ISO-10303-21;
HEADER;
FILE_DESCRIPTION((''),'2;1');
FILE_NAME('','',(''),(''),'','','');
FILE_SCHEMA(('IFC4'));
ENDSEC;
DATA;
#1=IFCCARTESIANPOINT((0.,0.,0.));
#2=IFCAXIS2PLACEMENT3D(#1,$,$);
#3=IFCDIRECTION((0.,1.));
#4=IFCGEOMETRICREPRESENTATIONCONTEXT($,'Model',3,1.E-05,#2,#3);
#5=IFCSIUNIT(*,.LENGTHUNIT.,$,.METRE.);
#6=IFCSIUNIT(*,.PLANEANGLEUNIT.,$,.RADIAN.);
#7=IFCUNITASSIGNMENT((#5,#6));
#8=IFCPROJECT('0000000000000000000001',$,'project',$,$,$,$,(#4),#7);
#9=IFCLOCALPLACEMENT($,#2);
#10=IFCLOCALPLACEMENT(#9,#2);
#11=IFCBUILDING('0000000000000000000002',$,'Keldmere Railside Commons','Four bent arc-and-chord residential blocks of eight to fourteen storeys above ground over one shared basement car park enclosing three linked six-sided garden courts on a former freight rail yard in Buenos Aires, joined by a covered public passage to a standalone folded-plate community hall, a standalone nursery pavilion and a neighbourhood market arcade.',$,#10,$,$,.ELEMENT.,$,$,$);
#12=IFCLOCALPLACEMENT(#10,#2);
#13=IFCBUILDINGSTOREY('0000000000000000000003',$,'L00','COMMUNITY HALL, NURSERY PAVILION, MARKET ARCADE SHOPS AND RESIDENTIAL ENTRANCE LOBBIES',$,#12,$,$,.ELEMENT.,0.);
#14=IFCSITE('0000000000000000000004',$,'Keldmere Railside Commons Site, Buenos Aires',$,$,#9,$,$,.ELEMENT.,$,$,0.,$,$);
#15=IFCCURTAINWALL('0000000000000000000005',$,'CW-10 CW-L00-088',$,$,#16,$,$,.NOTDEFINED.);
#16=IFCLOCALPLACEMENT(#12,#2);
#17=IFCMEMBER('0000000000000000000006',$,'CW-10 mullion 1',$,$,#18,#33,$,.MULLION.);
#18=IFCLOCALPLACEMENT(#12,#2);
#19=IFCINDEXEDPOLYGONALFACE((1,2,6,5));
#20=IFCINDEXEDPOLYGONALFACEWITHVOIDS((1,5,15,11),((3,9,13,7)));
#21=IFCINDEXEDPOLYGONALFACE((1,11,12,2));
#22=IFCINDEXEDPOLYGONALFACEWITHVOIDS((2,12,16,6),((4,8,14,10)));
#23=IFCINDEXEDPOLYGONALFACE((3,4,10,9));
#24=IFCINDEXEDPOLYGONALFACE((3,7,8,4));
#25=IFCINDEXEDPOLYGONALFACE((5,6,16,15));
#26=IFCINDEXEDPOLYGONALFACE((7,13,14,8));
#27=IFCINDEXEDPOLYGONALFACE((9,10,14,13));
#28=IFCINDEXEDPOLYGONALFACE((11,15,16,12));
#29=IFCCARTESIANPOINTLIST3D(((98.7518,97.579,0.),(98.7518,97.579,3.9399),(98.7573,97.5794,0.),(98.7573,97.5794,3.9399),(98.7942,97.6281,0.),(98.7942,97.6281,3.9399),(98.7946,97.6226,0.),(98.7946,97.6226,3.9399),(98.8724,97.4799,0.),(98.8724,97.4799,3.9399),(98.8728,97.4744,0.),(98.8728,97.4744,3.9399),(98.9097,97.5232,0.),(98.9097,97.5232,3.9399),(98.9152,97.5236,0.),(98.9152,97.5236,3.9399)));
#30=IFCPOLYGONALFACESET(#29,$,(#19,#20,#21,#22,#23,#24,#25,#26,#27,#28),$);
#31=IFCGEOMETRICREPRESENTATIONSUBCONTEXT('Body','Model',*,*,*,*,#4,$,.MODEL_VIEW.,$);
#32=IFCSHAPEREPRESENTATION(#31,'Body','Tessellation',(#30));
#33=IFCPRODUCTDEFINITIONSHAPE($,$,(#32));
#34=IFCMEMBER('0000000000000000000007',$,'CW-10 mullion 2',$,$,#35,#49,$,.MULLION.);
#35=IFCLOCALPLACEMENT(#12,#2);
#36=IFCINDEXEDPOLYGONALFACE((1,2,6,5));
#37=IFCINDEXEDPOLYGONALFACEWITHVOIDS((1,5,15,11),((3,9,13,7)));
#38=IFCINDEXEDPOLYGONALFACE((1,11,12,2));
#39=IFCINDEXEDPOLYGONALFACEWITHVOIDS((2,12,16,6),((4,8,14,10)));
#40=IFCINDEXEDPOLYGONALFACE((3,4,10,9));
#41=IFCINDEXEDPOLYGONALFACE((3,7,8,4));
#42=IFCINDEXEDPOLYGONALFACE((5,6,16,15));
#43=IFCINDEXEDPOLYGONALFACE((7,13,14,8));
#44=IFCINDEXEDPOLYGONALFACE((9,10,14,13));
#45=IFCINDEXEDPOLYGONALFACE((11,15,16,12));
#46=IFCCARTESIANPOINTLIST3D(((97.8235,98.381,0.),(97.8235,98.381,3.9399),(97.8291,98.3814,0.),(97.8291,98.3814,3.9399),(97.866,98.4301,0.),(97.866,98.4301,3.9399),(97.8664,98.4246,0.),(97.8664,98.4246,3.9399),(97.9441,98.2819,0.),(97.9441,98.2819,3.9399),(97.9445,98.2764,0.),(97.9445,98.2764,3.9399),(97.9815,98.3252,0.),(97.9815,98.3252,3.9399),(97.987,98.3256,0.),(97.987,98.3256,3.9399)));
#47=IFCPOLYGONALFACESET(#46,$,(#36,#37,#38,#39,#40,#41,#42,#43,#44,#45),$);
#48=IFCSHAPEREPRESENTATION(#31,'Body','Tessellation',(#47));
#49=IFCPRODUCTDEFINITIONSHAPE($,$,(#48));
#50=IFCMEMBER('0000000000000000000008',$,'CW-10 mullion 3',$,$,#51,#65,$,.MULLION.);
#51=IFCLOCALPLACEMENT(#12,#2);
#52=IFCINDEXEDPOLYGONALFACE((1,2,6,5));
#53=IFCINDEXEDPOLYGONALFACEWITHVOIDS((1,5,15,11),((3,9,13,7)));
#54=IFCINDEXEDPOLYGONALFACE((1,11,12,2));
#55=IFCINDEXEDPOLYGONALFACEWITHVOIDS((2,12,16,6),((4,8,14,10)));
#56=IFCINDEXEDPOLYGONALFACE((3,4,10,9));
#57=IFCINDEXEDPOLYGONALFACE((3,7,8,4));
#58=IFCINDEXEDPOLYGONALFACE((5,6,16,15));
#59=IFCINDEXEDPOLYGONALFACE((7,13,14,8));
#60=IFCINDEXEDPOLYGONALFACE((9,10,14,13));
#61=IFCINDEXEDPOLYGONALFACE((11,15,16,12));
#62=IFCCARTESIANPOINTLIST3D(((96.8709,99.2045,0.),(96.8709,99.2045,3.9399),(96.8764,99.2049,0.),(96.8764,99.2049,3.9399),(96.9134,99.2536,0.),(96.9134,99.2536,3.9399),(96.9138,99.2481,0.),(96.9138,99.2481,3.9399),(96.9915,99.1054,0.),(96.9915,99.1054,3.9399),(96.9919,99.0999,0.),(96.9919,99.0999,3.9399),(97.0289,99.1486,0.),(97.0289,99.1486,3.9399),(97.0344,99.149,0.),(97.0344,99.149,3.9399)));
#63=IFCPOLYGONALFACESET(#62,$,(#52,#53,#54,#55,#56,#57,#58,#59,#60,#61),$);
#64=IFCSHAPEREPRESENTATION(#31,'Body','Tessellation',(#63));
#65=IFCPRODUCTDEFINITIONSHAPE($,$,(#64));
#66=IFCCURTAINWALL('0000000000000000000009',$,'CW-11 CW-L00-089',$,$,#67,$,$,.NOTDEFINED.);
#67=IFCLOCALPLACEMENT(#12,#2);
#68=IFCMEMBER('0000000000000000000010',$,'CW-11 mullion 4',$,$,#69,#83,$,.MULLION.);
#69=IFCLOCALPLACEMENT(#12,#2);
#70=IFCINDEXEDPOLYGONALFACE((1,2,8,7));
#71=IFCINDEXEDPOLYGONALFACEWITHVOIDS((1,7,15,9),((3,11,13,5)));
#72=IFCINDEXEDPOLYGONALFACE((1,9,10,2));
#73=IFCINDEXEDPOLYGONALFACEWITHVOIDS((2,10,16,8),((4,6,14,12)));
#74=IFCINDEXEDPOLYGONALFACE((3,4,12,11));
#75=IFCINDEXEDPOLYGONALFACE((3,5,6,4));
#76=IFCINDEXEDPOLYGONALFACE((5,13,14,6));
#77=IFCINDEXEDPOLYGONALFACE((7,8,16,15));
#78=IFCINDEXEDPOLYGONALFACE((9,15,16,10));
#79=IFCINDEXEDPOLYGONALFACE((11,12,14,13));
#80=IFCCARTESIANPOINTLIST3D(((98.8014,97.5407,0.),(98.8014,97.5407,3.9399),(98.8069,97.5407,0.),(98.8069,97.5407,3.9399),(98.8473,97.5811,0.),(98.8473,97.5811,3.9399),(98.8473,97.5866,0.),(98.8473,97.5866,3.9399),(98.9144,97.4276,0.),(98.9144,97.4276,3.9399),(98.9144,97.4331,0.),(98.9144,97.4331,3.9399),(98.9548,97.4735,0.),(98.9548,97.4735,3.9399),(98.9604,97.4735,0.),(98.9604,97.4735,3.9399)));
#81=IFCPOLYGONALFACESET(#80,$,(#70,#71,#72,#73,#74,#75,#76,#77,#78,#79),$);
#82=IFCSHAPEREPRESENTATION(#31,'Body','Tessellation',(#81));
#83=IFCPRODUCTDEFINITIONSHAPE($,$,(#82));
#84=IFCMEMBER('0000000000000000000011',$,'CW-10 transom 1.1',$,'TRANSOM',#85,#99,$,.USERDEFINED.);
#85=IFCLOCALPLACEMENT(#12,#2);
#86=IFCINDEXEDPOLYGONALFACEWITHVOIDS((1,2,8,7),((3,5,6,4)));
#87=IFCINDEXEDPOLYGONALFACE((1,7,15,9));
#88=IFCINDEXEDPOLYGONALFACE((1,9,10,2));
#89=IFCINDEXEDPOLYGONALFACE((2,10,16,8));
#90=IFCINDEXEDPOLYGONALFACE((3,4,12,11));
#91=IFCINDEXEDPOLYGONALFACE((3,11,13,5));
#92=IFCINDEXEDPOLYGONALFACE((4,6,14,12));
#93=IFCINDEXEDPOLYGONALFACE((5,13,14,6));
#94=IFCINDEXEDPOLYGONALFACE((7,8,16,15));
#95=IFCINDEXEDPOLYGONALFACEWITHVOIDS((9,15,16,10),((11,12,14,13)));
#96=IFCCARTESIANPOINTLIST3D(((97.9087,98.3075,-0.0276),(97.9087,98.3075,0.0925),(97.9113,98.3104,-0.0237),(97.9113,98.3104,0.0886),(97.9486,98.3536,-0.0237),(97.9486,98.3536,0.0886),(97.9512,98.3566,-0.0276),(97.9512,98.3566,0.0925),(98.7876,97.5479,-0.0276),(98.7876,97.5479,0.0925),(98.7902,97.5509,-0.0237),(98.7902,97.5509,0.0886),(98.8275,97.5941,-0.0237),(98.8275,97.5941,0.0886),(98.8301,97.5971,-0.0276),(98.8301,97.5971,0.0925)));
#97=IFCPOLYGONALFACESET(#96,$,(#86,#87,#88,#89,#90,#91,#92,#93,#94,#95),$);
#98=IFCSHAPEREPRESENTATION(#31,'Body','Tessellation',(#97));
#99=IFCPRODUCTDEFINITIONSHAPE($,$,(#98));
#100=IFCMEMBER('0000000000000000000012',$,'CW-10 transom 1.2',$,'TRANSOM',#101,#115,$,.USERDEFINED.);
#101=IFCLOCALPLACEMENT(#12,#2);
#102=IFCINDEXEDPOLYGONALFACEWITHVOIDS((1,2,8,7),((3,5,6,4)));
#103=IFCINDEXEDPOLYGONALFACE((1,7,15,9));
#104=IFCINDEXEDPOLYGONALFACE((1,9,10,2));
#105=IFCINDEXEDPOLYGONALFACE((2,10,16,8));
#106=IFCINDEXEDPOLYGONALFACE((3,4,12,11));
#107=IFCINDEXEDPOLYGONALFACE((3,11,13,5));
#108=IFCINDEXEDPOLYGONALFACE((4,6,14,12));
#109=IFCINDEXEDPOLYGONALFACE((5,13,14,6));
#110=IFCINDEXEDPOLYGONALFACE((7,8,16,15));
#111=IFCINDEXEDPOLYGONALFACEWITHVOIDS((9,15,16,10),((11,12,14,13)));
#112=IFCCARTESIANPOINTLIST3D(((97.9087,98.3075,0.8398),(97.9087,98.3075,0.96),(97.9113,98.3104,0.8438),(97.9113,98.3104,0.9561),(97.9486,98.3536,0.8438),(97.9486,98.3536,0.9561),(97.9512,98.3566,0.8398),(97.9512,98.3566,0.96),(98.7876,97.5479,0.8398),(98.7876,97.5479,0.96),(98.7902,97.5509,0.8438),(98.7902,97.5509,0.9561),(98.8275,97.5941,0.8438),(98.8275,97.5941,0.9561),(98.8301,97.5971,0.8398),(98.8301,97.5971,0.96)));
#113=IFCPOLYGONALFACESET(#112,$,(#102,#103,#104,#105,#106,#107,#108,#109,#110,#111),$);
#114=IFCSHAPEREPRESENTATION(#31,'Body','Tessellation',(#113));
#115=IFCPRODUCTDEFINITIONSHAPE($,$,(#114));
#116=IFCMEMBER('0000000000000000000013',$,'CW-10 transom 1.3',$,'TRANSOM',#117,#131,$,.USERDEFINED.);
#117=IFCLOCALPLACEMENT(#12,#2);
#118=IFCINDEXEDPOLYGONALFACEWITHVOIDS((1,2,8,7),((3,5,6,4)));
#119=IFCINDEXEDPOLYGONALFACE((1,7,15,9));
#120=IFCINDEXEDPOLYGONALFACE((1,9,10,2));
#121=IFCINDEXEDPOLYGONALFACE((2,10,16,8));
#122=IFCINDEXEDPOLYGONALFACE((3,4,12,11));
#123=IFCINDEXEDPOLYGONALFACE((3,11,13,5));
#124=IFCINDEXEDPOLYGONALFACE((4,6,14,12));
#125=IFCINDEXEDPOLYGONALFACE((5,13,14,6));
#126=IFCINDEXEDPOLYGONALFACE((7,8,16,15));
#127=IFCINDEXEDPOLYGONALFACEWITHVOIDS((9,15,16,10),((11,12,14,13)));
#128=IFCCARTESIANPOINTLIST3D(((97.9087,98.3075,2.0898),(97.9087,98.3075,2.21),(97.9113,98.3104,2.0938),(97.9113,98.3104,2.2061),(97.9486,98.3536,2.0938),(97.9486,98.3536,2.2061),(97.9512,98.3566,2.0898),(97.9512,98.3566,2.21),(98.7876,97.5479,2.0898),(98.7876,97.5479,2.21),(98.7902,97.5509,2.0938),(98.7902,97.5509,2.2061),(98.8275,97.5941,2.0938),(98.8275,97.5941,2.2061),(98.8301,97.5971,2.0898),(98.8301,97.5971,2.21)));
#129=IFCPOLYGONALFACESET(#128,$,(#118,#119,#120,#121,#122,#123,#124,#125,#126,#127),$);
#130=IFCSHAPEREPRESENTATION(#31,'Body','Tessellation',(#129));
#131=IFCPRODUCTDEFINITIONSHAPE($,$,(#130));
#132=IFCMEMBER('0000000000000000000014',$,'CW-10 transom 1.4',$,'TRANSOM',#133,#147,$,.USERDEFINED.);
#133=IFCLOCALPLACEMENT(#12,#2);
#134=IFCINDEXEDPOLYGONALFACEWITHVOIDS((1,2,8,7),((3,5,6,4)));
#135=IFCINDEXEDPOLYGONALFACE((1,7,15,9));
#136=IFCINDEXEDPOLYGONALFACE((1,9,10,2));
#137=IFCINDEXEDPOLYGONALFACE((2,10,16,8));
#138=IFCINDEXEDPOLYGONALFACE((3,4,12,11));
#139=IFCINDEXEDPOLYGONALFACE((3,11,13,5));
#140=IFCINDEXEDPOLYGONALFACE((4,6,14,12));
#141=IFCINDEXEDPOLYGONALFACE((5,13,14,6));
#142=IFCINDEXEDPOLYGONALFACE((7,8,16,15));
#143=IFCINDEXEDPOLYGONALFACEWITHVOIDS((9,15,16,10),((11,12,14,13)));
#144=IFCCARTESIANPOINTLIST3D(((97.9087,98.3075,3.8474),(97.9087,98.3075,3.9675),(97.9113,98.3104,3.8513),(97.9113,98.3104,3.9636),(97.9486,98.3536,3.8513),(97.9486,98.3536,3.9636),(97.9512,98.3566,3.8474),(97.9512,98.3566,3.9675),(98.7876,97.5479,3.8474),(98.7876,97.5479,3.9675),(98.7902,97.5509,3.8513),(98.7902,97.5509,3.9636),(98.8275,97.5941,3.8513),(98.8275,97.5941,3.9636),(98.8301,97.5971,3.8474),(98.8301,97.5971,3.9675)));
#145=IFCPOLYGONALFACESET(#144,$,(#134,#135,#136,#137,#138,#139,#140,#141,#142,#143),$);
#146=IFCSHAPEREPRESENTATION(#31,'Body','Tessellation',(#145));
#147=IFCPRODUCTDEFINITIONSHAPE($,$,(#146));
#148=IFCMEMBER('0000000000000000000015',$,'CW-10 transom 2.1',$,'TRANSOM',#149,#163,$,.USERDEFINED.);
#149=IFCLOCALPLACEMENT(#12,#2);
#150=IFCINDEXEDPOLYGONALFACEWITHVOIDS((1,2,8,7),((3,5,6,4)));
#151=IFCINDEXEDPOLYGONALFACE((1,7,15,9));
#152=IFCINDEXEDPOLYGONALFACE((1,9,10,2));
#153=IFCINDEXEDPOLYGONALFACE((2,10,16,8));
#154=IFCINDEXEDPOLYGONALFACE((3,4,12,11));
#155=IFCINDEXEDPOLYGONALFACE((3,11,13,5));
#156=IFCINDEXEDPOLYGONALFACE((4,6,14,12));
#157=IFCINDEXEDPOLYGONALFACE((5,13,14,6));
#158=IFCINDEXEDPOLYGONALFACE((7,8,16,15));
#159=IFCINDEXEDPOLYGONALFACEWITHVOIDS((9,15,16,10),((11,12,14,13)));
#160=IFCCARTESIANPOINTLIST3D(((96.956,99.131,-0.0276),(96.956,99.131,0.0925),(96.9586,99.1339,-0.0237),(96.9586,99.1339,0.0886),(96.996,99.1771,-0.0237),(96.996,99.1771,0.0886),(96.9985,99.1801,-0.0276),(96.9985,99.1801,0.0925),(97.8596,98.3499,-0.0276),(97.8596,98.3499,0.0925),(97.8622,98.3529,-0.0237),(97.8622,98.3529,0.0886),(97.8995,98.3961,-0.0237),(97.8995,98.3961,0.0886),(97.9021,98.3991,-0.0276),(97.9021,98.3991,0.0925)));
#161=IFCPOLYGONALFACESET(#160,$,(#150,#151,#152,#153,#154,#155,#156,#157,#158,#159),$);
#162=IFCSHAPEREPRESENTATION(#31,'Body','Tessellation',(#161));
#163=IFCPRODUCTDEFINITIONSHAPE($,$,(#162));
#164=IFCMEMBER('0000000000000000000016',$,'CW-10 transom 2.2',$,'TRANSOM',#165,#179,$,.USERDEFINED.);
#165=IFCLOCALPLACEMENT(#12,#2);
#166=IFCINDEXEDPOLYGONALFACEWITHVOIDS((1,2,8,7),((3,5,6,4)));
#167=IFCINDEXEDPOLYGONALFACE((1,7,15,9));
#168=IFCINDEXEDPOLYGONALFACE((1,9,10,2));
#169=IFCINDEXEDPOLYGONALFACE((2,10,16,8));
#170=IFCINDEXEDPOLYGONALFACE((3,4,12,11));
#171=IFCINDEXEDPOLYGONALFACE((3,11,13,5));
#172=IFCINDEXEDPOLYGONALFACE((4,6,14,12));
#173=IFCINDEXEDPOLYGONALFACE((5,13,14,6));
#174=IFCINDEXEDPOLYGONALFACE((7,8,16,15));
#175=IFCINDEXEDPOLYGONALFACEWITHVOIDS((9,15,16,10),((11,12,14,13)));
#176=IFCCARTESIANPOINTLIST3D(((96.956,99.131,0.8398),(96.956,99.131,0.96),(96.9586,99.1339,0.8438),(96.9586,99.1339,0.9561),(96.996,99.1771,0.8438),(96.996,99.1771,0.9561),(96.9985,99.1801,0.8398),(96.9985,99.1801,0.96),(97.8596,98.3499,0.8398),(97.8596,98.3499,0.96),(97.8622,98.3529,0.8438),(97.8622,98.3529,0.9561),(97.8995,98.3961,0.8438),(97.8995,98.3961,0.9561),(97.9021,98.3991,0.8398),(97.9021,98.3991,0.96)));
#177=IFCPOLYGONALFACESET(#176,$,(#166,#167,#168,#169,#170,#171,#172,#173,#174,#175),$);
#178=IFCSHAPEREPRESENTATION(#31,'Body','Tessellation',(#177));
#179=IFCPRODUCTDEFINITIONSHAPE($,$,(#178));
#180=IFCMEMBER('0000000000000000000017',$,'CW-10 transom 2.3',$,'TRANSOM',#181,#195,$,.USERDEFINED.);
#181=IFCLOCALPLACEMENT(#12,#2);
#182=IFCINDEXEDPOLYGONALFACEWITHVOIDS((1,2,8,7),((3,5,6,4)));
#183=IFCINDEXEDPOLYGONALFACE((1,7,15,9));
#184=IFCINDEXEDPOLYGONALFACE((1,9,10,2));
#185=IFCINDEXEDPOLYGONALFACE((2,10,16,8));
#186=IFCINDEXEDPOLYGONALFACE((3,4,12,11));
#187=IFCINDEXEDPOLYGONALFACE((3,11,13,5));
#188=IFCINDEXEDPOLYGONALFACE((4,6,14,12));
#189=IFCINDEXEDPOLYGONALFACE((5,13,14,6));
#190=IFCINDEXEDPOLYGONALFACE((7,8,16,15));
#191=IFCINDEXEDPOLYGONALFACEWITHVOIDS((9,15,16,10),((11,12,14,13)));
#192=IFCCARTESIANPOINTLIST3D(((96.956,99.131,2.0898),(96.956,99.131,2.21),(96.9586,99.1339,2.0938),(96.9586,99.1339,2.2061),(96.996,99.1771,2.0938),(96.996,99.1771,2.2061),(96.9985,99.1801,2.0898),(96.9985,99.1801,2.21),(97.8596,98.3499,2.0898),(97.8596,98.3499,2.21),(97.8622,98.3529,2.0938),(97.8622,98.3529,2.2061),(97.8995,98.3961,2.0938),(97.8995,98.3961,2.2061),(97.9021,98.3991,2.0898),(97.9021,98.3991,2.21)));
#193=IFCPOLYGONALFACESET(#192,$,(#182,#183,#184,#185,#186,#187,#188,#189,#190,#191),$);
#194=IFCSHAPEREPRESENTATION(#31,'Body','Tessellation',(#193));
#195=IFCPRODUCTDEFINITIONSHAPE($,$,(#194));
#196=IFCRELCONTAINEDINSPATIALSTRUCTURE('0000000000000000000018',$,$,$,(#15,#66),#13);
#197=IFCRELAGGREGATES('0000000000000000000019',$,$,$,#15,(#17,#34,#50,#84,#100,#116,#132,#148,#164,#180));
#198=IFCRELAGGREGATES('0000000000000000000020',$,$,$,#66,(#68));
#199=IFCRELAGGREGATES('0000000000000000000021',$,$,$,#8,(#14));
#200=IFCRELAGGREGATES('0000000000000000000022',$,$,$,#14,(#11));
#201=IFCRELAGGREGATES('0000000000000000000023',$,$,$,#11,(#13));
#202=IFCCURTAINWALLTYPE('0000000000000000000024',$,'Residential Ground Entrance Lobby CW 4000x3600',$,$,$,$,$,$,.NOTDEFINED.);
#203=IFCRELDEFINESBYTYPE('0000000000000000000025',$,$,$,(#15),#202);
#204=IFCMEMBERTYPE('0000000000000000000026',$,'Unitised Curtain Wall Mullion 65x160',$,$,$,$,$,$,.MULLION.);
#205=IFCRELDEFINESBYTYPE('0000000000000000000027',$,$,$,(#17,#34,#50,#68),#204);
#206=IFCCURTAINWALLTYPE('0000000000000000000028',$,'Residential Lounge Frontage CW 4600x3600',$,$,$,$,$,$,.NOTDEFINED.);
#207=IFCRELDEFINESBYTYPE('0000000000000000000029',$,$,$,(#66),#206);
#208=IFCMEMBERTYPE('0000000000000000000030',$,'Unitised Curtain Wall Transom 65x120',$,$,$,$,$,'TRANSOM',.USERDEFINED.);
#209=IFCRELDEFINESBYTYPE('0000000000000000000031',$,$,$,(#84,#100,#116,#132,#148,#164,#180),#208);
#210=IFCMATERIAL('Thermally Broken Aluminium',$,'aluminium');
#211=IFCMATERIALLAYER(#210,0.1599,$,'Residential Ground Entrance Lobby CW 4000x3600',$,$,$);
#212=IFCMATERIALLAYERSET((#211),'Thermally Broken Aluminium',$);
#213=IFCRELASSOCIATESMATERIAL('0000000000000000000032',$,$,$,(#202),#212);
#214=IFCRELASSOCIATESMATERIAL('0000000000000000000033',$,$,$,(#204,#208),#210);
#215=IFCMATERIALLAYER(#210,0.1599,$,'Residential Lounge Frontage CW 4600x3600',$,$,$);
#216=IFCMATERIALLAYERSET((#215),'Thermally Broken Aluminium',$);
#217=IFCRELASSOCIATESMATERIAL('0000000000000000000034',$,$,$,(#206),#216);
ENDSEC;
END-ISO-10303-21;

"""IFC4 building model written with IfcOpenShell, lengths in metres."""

from ifc_helpers import new_model, si_unit, direction, frame, origin, origin_2d, place, context, subcontext, project, spatial, hollow_rectangle, extrude, material, layer, layer_set, material_profile, profile_set, type_object, element, aggregate, save


model = new_model("IFC4")

# Units and contexts
model_context = context("Model", 3, precision=1e-05, world=origin(), true_north=direction((0.0, 1.0)))
body_context = subcontext(model_context, "Body", "Model", "MODEL_VIEW")
ifc_project = project(units=[si_unit("LENGTHUNIT", "METRE"), si_unit("PLANEANGLEUNIT", "RADIAN")], contexts=[model_context])

# Site, building, storey
site_placement = place(None, origin())
site = spatial("IfcSite", under=ifc_project, at=site_placement, Name="Keldmere Railside Commons Site, Buenos Aires", CompositionType="ELEMENT", RefElevation=0.0)
building_placement = place(site_placement, origin())
building = spatial("IfcBuilding", under=site, at=building_placement, Name="Keldmere Railside Commons", Description="Four bent arc-and-chord residential blocks of eight to fourteen storeys above ground over one shared basement car park enclosing three linked six-sided garden courts on a former freight rail yard in Buenos Aires, joined by a covered public passage to a standalone folded-plate community hall, a standalone nursery pavilion and a neighbourhood market arcade.", CompositionType="ELEMENT")
storey_placement = place(building_placement, origin())
storey = spatial("IfcBuildingStorey", under=building, at=storey_placement, Name="L00", Description="COMMUNITY HALL, NURSERY PAVILION, MARKET ARCADE SHOPS AND RESIDENTIAL ENTRANCE LOBBIES", CompositionType="ELEMENT", Elevation=0.0)

# Curtain wall, members
ifc_material_1 = material(Name="Thermally Broken Aluminium", Category="aluminium")
ifc_layer_1 = layer(ifc_material_1, 0.1599, Name="Residential Ground Entrance Lobby CW 4000x3600")
ifc_layer_set_1 = layer_set([ifc_layer_1], Name="Thermally Broken Aluminium")
curtain_wall_type_1 = type_object("IfcCurtainWallType", Name="Residential Ground Entrance Lobby CW 4000x3600", PredefinedType="NOTDEFINED", material=ifc_layer_set_1)
curtain_wall_1_placement = place(storey_placement, origin())
curtain_wall_1 = element("IfcCurtainWall", 1, at=curtain_wall_1_placement, inside=storey, type_object=curtain_wall_type_1, Name="CW-10 CW-L00-088", PredefinedType="NOTDEFINED")
ifc_material_profile_1 = material_profile(ifc_material_1, hollow_rectangle(XDim=0.0649, YDim=0.1599, WallThickness=0.0039, at=origin_2d()), Name="ALU-MULL-65x160")
ifc_profile_set_1 = profile_set([ifc_material_profile_1], Name="Thermally Broken Aluminium")
member_type_1 = type_object("IfcMemberType", Name="Unitised Curtain Wall Mullion 65x160", PredefinedType="MULLION", material=ifc_profile_set_1)
member_1_placement = place(storey_placement, frame((98.8335, 97.5513, 0.0), z_axis=(0.0, 0.0, 1.0), x_axis=(-0.653882, -0.756597, 0.0)))
member_1 = element("IfcMember", 2, at=member_1_placement, type_object=member_type_1, Name="CW-10 mullion 1", PredefinedType="MULLION", context=body_context, shape_type="SweptSolid", body=[
    extrude(hollow_rectangle(XDim=0.0649, YDim=0.1599, WallThickness=0.0039, at=origin_2d()), origin(), (0.0, 0.0, 1.0), 3.9399),
])
member_2_placement = place(storey_placement, frame((97.9053, 98.3533, 0.0), z_axis=(0.0, 0.0, 1.0), x_axis=(-0.653882, -0.756597, 0.0)))
member_2 = element("IfcMember", 3, at=member_2_placement, type_object=member_type_1, Name="CW-10 mullion 2", PredefinedType="MULLION", context=body_context, shape_type="SweptSolid", body=[
    extrude(hollow_rectangle(XDim=0.0649, YDim=0.1599, WallThickness=0.0039, at=origin_2d()), origin(), (0.0, 0.0, 1.0), 3.9399),
])
member_3_placement = place(storey_placement, frame((96.9526, 99.1768, 0.0), z_axis=(0.0, 0.0, 1.0), x_axis=(-0.653882, -0.756597, 0.0)))
member_3 = element("IfcMember", 4, at=member_3_placement, type_object=member_type_1, Name="CW-10 mullion 3", PredefinedType="MULLION", context=body_context, shape_type="SweptSolid", body=[
    extrude(hollow_rectangle(XDim=0.0649, YDim=0.1599, WallThickness=0.0039, at=origin_2d()), origin(), (0.0, 0.0, 1.0), 3.9399),
])

# Curtain wall, member
ifc_layer_2 = layer(ifc_material_1, 0.1599, Name="Residential Lounge Frontage CW 4600x3600")
ifc_layer_set_2 = layer_set([ifc_layer_2], Name="Thermally Broken Aluminium")
curtain_wall_type_2 = type_object("IfcCurtainWallType", Name="Residential Lounge Frontage CW 4600x3600", PredefinedType="NOTDEFINED", material=ifc_layer_set_2)
curtain_wall_2_placement = place(storey_placement, origin())
curtain_wall_2 = element("IfcCurtainWall", 5, at=curtain_wall_2_placement, inside=storey, type_object=curtain_wall_type_2, Name="CW-11 CW-L00-089", PredefinedType="NOTDEFINED")
member_4_placement = place(storey_placement, frame((98.8809, 97.5071, 0.0), z_axis=(0.0, 0.0, 1.0), x_axis=(-0.707107, -0.707107, 0.0)))
member_4 = element("IfcMember", 6, at=member_4_placement, type_object=member_type_1, Name="CW-11 mullion 4", PredefinedType="MULLION", context=body_context, shape_type="SweptSolid", body=[
    extrude(hollow_rectangle(XDim=0.0649, YDim=0.1599, WallThickness=0.0039, at=origin_2d()), origin(), (0.0, 0.0, 1.0), 3.9399),
])

# Members
ifc_material_profile_2 = material_profile(ifc_material_1, hollow_rectangle(XDim=0.0649, YDim=0.1201, WallThickness=0.0039, at=origin_2d()), Name="ALU-TRAN-65x120")
ifc_profile_set_2 = profile_set([ifc_material_profile_2], Name="Thermally Broken Aluminium")
member_type_2 = type_object("IfcMemberType", Name="Unitised Curtain Wall Transom 65x120", ElementType="TRANSOM", PredefinedType="USERDEFINED", material=ifc_profile_set_2)
member_5_placement = place(storey_placement, frame((98.8088, 97.5725, 0.0325), z_axis=(-0.756624, 0.65385, 0.0), x_axis=(-0.65385, -0.756624, 0.0)))
member_5 = element("IfcMember", 7, at=member_5_placement, type_object=member_type_2, Name="CW-10 transom 1.1", ObjectType="TRANSOM", PredefinedType="USERDEFINED", context=body_context, shape_type="SweptSolid", body=[
    extrude(hollow_rectangle(XDim=0.0649, YDim=0.1201, WallThickness=0.0039, at=origin_2d()), origin(), (0.0, 0.0, 1.0), 1.1616),
])
member_6_placement = place(storey_placement, frame((98.8088, 97.5725, 0.8999), z_axis=(-0.756624, 0.65385, 0.0), x_axis=(-0.65385, -0.756624, 0.0)))
member_6 = element("IfcMember", 8, at=member_6_placement, type_object=member_type_2, Name="CW-10 transom 1.2", ObjectType="TRANSOM", PredefinedType="USERDEFINED", context=body_context, shape_type="SweptSolid", body=[
    extrude(hollow_rectangle(XDim=0.0649, YDim=0.1201, WallThickness=0.0039, at=origin_2d()), origin(), (0.0, 0.0, 1.0), 1.1616),
])
member_7_placement = place(storey_placement, frame((98.8088, 97.5725, 2.1499), z_axis=(-0.756624, 0.65385, 0.0), x_axis=(-0.65385, -0.756624, 0.0)))
member_7 = element("IfcMember", 9, at=member_7_placement, type_object=member_type_2, Name="CW-10 transom 1.3", ObjectType="TRANSOM", PredefinedType="USERDEFINED", context=body_context, shape_type="SweptSolid", body=[
    extrude(hollow_rectangle(XDim=0.0649, YDim=0.1201, WallThickness=0.0039, at=origin_2d()), origin(), (0.0, 0.0, 1.0), 1.1616),
])
member_8_placement = place(storey_placement, frame((98.8088, 97.5725, 3.9075), z_axis=(-0.756624, 0.65385, 0.0), x_axis=(-0.65385, -0.756624, 0.0)))
member_8 = element("IfcMember", 10, at=member_8_placement, type_object=member_type_2, Name="CW-10 transom 1.4", ObjectType="TRANSOM", PredefinedType="USERDEFINED", context=body_context, shape_type="SweptSolid", body=[
    extrude(hollow_rectangle(XDim=0.0649, YDim=0.1201, WallThickness=0.0039, at=origin_2d()), origin(), (0.0, 0.0, 1.0), 1.1616),
])
member_9_placement = place(storey_placement, frame((97.8809, 98.3745, 0.0325), z_axis=(-0.756552, 0.653934, 0.0), x_axis=(-0.653934, -0.756552, 0.0)))
member_9 = element("IfcMember", 11, at=member_9_placement, type_object=member_type_2, Name="CW-10 transom 2.1", ObjectType="TRANSOM", PredefinedType="USERDEFINED", context=body_context, shape_type="SweptSolid", body=[
    extrude(hollow_rectangle(XDim=0.0649, YDim=0.1201, WallThickness=0.0039, at=origin_2d()), origin(), (0.0, 0.0, 1.0), 1.1943),
])
member_10_placement = place(storey_placement, frame((97.8809, 98.3745, 0.8999), z_axis=(-0.756552, 0.653934, 0.0), x_axis=(-0.653934, -0.756552, 0.0)))
member_10 = element("IfcMember", 12, at=member_10_placement, type_object=member_type_2, Name="CW-10 transom 2.2", ObjectType="TRANSOM", PredefinedType="USERDEFINED", context=body_context, shape_type="SweptSolid", body=[
    extrude(hollow_rectangle(XDim=0.0649, YDim=0.1201, WallThickness=0.0039, at=origin_2d()), origin(), (0.0, 0.0, 1.0), 1.1943),
])
member_11_placement = place(storey_placement, frame((97.8809, 98.3745, 2.1499), z_axis=(-0.756552, 0.653934, 0.0), x_axis=(-0.653934, -0.756552, 0.0)))
member_11 = element("IfcMember", 13, at=member_11_placement, type_object=member_type_2, Name="CW-10 transom 2.3", ObjectType="TRANSOM", PredefinedType="USERDEFINED", context=body_context, shape_type="SweptSolid", body=[
    extrude(hollow_rectangle(XDim=0.0649, YDim=0.1201, WallThickness=0.0039, at=origin_2d()), origin(), (0.0, 0.0, 1.0), 1.1943),
])

aggregate(curtain_wall_1, [member_1, member_2, member_3, member_5, member_6, member_7, member_8, member_9, member_10, member_11])
aggregate(curtain_wall_2, [member_4])

save(model, "model.ifc")
